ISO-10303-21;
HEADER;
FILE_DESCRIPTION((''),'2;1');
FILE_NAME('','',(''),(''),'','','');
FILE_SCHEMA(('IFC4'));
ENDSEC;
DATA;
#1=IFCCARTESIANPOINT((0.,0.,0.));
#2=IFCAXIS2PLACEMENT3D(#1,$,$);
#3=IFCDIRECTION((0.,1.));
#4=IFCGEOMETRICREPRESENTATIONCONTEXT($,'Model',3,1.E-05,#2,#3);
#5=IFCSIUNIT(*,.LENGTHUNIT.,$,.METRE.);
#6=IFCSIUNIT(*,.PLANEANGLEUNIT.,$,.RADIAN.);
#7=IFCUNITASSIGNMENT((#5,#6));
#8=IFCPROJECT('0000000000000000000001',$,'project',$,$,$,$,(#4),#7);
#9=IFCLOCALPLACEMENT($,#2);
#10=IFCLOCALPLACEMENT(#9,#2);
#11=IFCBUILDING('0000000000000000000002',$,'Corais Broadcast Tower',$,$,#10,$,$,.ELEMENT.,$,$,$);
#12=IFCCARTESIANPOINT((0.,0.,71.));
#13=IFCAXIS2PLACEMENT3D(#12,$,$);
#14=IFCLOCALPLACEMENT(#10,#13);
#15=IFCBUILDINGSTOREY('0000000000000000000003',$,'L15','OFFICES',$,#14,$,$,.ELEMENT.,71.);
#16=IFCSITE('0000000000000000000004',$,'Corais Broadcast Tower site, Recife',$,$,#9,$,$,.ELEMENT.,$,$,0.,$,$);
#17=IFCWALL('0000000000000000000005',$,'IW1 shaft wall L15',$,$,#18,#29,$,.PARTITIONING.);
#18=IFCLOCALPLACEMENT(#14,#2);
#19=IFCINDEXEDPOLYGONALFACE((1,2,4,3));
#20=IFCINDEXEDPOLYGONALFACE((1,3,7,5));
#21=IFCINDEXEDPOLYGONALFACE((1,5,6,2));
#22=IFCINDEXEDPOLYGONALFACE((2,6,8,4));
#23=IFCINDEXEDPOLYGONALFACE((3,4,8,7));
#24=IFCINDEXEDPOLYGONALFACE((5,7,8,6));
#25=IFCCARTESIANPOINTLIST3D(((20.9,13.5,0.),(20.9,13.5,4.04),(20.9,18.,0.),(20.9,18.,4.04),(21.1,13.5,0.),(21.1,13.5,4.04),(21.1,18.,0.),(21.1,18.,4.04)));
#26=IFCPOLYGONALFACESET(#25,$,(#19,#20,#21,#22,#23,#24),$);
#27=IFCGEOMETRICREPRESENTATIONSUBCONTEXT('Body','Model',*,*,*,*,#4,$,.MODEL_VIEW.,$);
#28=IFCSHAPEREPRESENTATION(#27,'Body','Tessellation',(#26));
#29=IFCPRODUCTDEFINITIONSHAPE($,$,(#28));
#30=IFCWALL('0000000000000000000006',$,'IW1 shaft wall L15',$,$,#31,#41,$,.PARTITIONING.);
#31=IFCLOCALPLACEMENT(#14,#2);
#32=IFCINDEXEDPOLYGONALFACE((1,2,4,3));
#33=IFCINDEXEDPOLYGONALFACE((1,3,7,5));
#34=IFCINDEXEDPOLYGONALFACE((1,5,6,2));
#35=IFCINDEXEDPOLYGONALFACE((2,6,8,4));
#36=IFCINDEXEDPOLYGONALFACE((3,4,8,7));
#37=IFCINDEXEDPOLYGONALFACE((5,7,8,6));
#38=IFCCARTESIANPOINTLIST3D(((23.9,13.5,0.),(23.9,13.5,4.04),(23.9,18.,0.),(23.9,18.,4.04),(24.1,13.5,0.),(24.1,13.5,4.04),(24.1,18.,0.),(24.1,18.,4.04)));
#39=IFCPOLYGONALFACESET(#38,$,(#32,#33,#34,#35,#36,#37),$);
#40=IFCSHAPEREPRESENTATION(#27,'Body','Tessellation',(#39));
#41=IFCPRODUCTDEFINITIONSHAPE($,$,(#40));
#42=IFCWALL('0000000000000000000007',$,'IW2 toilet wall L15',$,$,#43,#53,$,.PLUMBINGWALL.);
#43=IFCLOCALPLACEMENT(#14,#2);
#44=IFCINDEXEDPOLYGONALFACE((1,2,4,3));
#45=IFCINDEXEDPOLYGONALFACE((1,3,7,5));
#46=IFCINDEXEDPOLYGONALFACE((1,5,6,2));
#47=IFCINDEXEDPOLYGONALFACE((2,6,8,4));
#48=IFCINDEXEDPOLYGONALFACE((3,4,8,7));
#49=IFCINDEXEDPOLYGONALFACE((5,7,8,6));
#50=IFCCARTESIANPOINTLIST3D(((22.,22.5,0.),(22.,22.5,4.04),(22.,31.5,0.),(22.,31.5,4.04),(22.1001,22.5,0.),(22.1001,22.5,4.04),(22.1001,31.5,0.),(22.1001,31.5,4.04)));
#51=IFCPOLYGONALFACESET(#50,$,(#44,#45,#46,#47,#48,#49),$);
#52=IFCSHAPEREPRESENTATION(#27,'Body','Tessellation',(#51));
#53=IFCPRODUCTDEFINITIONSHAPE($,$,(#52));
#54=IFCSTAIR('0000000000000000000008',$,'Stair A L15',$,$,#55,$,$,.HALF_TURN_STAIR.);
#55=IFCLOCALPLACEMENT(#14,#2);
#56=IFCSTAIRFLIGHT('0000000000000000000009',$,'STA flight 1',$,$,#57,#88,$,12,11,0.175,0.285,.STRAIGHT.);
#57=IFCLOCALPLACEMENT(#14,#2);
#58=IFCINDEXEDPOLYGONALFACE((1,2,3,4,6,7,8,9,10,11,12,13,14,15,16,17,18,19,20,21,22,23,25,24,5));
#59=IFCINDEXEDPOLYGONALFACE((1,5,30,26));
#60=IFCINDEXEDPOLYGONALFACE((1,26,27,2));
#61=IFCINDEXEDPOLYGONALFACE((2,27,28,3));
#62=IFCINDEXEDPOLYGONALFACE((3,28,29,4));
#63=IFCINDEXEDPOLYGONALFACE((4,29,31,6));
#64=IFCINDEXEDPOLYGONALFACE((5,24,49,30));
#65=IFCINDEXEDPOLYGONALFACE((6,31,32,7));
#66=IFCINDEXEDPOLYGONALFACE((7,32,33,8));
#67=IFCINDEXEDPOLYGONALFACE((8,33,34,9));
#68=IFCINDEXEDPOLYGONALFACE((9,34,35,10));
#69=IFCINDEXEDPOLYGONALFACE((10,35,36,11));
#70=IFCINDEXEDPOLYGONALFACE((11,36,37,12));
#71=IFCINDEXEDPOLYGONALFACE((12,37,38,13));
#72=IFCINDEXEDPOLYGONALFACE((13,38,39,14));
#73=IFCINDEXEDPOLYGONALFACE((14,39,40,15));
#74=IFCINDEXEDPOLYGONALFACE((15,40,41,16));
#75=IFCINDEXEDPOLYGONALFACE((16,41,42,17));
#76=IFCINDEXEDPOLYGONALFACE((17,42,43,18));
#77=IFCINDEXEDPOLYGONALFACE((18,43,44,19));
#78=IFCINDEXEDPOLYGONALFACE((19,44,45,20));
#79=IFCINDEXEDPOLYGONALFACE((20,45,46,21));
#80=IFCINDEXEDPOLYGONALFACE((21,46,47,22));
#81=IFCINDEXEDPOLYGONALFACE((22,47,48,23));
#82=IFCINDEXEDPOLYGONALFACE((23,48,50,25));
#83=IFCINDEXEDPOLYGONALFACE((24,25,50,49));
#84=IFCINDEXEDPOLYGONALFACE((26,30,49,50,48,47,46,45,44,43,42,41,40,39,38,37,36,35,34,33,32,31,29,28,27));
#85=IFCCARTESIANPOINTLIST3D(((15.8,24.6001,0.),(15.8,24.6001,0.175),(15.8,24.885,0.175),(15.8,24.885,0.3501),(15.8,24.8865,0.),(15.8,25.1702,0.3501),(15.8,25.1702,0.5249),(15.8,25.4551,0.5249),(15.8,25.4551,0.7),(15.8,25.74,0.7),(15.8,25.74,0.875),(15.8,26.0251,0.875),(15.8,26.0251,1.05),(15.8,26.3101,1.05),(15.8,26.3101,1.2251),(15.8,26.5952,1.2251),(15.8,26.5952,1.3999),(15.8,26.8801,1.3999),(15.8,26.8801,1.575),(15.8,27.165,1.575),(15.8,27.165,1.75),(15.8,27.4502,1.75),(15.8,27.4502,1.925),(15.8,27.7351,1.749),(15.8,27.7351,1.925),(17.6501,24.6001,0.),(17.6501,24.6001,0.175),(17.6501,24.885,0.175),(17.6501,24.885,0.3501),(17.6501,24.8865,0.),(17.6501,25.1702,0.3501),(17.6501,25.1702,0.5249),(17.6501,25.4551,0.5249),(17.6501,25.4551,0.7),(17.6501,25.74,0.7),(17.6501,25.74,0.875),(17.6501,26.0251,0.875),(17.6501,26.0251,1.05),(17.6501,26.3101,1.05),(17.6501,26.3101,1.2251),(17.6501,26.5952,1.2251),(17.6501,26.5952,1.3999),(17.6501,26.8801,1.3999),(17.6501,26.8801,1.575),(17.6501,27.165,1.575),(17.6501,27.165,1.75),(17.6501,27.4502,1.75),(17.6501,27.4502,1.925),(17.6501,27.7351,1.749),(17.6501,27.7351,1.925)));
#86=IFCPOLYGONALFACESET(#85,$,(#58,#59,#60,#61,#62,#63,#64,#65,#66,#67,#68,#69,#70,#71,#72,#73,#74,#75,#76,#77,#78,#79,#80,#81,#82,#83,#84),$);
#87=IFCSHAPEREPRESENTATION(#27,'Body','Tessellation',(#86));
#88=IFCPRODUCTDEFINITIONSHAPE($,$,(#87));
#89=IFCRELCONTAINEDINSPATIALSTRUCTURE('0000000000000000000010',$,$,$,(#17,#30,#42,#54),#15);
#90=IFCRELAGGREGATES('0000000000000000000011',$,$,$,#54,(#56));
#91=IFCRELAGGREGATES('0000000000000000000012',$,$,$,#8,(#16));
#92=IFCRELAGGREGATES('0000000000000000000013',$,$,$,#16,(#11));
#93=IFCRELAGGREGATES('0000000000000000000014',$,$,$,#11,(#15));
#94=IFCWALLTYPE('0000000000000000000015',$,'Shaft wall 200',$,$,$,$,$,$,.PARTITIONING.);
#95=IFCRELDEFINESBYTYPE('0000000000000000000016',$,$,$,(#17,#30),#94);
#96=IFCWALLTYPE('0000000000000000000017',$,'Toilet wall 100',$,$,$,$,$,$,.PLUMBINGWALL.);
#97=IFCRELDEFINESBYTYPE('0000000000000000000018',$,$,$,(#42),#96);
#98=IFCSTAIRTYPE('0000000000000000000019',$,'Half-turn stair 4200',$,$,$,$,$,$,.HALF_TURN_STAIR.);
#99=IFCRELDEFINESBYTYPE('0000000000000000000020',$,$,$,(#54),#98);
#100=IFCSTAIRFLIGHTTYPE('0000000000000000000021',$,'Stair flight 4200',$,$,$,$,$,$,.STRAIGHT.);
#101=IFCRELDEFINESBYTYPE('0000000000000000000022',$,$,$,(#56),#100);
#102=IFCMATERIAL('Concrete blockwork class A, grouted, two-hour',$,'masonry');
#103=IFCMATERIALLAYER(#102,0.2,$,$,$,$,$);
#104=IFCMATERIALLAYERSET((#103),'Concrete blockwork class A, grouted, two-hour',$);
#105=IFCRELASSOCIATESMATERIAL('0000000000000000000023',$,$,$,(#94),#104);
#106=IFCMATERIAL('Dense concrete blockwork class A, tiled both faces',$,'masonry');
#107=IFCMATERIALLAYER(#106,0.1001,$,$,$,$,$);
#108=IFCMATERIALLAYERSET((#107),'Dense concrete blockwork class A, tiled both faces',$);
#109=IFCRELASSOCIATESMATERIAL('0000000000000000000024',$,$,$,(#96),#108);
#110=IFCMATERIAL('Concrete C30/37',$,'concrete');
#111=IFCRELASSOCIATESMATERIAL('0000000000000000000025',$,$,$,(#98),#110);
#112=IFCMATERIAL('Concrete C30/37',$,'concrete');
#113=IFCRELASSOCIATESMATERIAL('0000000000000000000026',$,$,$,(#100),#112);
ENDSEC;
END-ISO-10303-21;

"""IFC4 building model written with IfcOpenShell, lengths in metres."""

from ifc_helpers import new_model, si_unit, direction, frame, frame_2d, origin, place, context, subcontext, project, spatial, polyline, rectangle, outline, extrude, material, layer, layer_set, type_object, element, aggregate, save


model = new_model("IFC4")

# Units and contexts
model_context = context("Model", 3, precision=1e-05, world=origin(), true_north=direction((0.0, 1.0)))
body_context = subcontext(model_context, "Body", "Model", "MODEL_VIEW")
ifc_project = project(units=[si_unit("LENGTHUNIT", "METRE"), si_unit("PLANEANGLEUNIT", "RADIAN")], contexts=[model_context])

# Site, building, storey
site_placement = place(None, origin())
site = spatial("IfcSite", under=ifc_project, at=site_placement, Name="Corais Broadcast Tower site, Recife", CompositionType="ELEMENT", RefElevation=0.0)
building_placement = place(site_placement, origin())
building = spatial("IfcBuilding", under=site, at=building_placement, Name="Corais Broadcast Tower", CompositionType="ELEMENT")
storey_placement = place(building_placement, frame((0.0, 0.0, 71.0)))
storey = spatial("IfcBuildingStorey", under=building, at=storey_placement, Name="L15", Description="OFFICES", CompositionType="ELEMENT", Elevation=71.0)

# Walls
ifc_material_1 = material(Name="Concrete blockwork class A, grouted, two-hour", Category="masonry")
ifc_layer_1 = layer(ifc_material_1, 0.2)
ifc_layer_set_1 = layer_set([ifc_layer_1], Name="Concrete blockwork class A, grouted, two-hour")
wall_type_1 = type_object("IfcWallType", Name="Shaft wall 200", PredefinedType="PARTITIONING", material=ifc_layer_set_1)
for number, where, z_axis, x_axis, name in (
    (1, (21.0, 13.5, 0.0), (0.0, 0.0, 1.0), (0.0, 1.0, 0.0), "IW1 shaft wall L15"),
    (2, (24.0, 13.5, 0.0), (0.0, 0.0, 1.0), (0.0, 1.0, 0.0), "IW1 shaft wall L15"),
):
    element("IfcWall", number, at=place(storey_placement, frame(where, z_axis=z_axis, x_axis=x_axis)), inside=storey, type_object=wall_type_1, Name=name, PredefinedType="PARTITIONING", context=body_context, shape_type="SweptSolid", body=[
        extrude(rectangle(XDim=4.5, YDim=0.2, at=frame_2d((2.25, 0.0))), origin(), (0.0, 0.0, 1.0), 4.04),
    ])
ifc_material_2 = material(Name="Dense concrete blockwork class A, tiled both faces", Category="masonry")
ifc_layer_2 = layer(ifc_material_2, 0.1001)
ifc_layer_set_2 = layer_set([ifc_layer_2], Name="Dense concrete blockwork class A, tiled both faces")
wall_type_2 = type_object("IfcWallType", Name="Toilet wall 100", PredefinedType="PLUMBINGWALL", material=ifc_layer_set_2)
wall_1_placement = place(storey_placement, frame((22.05, 22.5, 0.0), z_axis=(0.0, 0.0, 1.0), x_axis=(0.0, 1.0, 0.0)))
element("IfcWall", 3, at=wall_1_placement, inside=storey, type_object=wall_type_2, Name="IW2 toilet wall L15", PredefinedType="PLUMBINGWALL", context=body_context, shape_type="SweptSolid", body=[
    extrude(rectangle(XDim=9.0, YDim=0.1001, at=frame_2d((4.5, 0.0))), origin(), (0.0, 0.0, 1.0), 4.04),
])

# Stair, stair flight
ifc_material_3 = material(Name="Concrete C30/37", Category="concrete")
stair_type = type_object("IfcStairType", Name="Half-turn stair 4200", PredefinedType="HALF_TURN_STAIR", material=ifc_material_3)
stair_placement = place(storey_placement, origin())
stair = element("IfcStair", 4, at=stair_placement, inside=storey, type_object=stair_type, Name="Stair A L15", PredefinedType="HALF_TURN_STAIR")
ifc_material_4 = material(Name="Concrete C30/37", Category="concrete")
stair_flight_type = type_object("IfcStairFlightType", Name="Stair flight 4200", PredefinedType="STRAIGHT", material=ifc_material_4)
stair_flight_placement = place(storey_placement, frame((16.7251, 24.6001, 0.0), z_axis=(0.0, 0.0, 1.0), x_axis=(0.0, 1.0, 0.0)))
stair_flight = element("IfcStairFlight", 5, at=stair_flight_placement, type_object=stair_flight_type, Name="STA flight 1", NumberOfRisers=12, NumberOfTreads=11, PredefinedType="STRAIGHT", RiserHeight=0.175, TreadLength=0.285, context=body_context, shape_type="SweptSolid", body=[
    extrude(outline(polyline([(0.0, 0.0), (0.0, 0.175), (0.2849, 0.175), (0.2849, 0.3501), (0.5701, 0.3501), (0.5701, 0.5249), (0.855, 0.5249), (0.855, 0.7), (1.1399, 0.7), (1.1399, 0.875), (1.425, 0.875), (1.425, 1.05), (1.71, 1.05), (1.71, 1.2251), (1.9951, 1.2251), (1.9951, 1.3999), (2.28, 1.3999), (2.28, 1.575), (2.5649, 1.575), (2.5649, 1.75), (2.8501, 1.75), (2.8501, 1.925), (3.135, 1.925), (3.135, 2.1001), (3.135, 1.749), (0.2864, 0.0), (0.0, 0.0)])), frame((0.0, 0.925, 0.0), z_axis=(0.0, -1.0, 0.0), x_axis=(1.0, 0.0, 0.0)), (0.0, 0.0, 1.0), 1.8501),
])
aggregate(stair, [stair_flight])

save(model, "model.ifc")
